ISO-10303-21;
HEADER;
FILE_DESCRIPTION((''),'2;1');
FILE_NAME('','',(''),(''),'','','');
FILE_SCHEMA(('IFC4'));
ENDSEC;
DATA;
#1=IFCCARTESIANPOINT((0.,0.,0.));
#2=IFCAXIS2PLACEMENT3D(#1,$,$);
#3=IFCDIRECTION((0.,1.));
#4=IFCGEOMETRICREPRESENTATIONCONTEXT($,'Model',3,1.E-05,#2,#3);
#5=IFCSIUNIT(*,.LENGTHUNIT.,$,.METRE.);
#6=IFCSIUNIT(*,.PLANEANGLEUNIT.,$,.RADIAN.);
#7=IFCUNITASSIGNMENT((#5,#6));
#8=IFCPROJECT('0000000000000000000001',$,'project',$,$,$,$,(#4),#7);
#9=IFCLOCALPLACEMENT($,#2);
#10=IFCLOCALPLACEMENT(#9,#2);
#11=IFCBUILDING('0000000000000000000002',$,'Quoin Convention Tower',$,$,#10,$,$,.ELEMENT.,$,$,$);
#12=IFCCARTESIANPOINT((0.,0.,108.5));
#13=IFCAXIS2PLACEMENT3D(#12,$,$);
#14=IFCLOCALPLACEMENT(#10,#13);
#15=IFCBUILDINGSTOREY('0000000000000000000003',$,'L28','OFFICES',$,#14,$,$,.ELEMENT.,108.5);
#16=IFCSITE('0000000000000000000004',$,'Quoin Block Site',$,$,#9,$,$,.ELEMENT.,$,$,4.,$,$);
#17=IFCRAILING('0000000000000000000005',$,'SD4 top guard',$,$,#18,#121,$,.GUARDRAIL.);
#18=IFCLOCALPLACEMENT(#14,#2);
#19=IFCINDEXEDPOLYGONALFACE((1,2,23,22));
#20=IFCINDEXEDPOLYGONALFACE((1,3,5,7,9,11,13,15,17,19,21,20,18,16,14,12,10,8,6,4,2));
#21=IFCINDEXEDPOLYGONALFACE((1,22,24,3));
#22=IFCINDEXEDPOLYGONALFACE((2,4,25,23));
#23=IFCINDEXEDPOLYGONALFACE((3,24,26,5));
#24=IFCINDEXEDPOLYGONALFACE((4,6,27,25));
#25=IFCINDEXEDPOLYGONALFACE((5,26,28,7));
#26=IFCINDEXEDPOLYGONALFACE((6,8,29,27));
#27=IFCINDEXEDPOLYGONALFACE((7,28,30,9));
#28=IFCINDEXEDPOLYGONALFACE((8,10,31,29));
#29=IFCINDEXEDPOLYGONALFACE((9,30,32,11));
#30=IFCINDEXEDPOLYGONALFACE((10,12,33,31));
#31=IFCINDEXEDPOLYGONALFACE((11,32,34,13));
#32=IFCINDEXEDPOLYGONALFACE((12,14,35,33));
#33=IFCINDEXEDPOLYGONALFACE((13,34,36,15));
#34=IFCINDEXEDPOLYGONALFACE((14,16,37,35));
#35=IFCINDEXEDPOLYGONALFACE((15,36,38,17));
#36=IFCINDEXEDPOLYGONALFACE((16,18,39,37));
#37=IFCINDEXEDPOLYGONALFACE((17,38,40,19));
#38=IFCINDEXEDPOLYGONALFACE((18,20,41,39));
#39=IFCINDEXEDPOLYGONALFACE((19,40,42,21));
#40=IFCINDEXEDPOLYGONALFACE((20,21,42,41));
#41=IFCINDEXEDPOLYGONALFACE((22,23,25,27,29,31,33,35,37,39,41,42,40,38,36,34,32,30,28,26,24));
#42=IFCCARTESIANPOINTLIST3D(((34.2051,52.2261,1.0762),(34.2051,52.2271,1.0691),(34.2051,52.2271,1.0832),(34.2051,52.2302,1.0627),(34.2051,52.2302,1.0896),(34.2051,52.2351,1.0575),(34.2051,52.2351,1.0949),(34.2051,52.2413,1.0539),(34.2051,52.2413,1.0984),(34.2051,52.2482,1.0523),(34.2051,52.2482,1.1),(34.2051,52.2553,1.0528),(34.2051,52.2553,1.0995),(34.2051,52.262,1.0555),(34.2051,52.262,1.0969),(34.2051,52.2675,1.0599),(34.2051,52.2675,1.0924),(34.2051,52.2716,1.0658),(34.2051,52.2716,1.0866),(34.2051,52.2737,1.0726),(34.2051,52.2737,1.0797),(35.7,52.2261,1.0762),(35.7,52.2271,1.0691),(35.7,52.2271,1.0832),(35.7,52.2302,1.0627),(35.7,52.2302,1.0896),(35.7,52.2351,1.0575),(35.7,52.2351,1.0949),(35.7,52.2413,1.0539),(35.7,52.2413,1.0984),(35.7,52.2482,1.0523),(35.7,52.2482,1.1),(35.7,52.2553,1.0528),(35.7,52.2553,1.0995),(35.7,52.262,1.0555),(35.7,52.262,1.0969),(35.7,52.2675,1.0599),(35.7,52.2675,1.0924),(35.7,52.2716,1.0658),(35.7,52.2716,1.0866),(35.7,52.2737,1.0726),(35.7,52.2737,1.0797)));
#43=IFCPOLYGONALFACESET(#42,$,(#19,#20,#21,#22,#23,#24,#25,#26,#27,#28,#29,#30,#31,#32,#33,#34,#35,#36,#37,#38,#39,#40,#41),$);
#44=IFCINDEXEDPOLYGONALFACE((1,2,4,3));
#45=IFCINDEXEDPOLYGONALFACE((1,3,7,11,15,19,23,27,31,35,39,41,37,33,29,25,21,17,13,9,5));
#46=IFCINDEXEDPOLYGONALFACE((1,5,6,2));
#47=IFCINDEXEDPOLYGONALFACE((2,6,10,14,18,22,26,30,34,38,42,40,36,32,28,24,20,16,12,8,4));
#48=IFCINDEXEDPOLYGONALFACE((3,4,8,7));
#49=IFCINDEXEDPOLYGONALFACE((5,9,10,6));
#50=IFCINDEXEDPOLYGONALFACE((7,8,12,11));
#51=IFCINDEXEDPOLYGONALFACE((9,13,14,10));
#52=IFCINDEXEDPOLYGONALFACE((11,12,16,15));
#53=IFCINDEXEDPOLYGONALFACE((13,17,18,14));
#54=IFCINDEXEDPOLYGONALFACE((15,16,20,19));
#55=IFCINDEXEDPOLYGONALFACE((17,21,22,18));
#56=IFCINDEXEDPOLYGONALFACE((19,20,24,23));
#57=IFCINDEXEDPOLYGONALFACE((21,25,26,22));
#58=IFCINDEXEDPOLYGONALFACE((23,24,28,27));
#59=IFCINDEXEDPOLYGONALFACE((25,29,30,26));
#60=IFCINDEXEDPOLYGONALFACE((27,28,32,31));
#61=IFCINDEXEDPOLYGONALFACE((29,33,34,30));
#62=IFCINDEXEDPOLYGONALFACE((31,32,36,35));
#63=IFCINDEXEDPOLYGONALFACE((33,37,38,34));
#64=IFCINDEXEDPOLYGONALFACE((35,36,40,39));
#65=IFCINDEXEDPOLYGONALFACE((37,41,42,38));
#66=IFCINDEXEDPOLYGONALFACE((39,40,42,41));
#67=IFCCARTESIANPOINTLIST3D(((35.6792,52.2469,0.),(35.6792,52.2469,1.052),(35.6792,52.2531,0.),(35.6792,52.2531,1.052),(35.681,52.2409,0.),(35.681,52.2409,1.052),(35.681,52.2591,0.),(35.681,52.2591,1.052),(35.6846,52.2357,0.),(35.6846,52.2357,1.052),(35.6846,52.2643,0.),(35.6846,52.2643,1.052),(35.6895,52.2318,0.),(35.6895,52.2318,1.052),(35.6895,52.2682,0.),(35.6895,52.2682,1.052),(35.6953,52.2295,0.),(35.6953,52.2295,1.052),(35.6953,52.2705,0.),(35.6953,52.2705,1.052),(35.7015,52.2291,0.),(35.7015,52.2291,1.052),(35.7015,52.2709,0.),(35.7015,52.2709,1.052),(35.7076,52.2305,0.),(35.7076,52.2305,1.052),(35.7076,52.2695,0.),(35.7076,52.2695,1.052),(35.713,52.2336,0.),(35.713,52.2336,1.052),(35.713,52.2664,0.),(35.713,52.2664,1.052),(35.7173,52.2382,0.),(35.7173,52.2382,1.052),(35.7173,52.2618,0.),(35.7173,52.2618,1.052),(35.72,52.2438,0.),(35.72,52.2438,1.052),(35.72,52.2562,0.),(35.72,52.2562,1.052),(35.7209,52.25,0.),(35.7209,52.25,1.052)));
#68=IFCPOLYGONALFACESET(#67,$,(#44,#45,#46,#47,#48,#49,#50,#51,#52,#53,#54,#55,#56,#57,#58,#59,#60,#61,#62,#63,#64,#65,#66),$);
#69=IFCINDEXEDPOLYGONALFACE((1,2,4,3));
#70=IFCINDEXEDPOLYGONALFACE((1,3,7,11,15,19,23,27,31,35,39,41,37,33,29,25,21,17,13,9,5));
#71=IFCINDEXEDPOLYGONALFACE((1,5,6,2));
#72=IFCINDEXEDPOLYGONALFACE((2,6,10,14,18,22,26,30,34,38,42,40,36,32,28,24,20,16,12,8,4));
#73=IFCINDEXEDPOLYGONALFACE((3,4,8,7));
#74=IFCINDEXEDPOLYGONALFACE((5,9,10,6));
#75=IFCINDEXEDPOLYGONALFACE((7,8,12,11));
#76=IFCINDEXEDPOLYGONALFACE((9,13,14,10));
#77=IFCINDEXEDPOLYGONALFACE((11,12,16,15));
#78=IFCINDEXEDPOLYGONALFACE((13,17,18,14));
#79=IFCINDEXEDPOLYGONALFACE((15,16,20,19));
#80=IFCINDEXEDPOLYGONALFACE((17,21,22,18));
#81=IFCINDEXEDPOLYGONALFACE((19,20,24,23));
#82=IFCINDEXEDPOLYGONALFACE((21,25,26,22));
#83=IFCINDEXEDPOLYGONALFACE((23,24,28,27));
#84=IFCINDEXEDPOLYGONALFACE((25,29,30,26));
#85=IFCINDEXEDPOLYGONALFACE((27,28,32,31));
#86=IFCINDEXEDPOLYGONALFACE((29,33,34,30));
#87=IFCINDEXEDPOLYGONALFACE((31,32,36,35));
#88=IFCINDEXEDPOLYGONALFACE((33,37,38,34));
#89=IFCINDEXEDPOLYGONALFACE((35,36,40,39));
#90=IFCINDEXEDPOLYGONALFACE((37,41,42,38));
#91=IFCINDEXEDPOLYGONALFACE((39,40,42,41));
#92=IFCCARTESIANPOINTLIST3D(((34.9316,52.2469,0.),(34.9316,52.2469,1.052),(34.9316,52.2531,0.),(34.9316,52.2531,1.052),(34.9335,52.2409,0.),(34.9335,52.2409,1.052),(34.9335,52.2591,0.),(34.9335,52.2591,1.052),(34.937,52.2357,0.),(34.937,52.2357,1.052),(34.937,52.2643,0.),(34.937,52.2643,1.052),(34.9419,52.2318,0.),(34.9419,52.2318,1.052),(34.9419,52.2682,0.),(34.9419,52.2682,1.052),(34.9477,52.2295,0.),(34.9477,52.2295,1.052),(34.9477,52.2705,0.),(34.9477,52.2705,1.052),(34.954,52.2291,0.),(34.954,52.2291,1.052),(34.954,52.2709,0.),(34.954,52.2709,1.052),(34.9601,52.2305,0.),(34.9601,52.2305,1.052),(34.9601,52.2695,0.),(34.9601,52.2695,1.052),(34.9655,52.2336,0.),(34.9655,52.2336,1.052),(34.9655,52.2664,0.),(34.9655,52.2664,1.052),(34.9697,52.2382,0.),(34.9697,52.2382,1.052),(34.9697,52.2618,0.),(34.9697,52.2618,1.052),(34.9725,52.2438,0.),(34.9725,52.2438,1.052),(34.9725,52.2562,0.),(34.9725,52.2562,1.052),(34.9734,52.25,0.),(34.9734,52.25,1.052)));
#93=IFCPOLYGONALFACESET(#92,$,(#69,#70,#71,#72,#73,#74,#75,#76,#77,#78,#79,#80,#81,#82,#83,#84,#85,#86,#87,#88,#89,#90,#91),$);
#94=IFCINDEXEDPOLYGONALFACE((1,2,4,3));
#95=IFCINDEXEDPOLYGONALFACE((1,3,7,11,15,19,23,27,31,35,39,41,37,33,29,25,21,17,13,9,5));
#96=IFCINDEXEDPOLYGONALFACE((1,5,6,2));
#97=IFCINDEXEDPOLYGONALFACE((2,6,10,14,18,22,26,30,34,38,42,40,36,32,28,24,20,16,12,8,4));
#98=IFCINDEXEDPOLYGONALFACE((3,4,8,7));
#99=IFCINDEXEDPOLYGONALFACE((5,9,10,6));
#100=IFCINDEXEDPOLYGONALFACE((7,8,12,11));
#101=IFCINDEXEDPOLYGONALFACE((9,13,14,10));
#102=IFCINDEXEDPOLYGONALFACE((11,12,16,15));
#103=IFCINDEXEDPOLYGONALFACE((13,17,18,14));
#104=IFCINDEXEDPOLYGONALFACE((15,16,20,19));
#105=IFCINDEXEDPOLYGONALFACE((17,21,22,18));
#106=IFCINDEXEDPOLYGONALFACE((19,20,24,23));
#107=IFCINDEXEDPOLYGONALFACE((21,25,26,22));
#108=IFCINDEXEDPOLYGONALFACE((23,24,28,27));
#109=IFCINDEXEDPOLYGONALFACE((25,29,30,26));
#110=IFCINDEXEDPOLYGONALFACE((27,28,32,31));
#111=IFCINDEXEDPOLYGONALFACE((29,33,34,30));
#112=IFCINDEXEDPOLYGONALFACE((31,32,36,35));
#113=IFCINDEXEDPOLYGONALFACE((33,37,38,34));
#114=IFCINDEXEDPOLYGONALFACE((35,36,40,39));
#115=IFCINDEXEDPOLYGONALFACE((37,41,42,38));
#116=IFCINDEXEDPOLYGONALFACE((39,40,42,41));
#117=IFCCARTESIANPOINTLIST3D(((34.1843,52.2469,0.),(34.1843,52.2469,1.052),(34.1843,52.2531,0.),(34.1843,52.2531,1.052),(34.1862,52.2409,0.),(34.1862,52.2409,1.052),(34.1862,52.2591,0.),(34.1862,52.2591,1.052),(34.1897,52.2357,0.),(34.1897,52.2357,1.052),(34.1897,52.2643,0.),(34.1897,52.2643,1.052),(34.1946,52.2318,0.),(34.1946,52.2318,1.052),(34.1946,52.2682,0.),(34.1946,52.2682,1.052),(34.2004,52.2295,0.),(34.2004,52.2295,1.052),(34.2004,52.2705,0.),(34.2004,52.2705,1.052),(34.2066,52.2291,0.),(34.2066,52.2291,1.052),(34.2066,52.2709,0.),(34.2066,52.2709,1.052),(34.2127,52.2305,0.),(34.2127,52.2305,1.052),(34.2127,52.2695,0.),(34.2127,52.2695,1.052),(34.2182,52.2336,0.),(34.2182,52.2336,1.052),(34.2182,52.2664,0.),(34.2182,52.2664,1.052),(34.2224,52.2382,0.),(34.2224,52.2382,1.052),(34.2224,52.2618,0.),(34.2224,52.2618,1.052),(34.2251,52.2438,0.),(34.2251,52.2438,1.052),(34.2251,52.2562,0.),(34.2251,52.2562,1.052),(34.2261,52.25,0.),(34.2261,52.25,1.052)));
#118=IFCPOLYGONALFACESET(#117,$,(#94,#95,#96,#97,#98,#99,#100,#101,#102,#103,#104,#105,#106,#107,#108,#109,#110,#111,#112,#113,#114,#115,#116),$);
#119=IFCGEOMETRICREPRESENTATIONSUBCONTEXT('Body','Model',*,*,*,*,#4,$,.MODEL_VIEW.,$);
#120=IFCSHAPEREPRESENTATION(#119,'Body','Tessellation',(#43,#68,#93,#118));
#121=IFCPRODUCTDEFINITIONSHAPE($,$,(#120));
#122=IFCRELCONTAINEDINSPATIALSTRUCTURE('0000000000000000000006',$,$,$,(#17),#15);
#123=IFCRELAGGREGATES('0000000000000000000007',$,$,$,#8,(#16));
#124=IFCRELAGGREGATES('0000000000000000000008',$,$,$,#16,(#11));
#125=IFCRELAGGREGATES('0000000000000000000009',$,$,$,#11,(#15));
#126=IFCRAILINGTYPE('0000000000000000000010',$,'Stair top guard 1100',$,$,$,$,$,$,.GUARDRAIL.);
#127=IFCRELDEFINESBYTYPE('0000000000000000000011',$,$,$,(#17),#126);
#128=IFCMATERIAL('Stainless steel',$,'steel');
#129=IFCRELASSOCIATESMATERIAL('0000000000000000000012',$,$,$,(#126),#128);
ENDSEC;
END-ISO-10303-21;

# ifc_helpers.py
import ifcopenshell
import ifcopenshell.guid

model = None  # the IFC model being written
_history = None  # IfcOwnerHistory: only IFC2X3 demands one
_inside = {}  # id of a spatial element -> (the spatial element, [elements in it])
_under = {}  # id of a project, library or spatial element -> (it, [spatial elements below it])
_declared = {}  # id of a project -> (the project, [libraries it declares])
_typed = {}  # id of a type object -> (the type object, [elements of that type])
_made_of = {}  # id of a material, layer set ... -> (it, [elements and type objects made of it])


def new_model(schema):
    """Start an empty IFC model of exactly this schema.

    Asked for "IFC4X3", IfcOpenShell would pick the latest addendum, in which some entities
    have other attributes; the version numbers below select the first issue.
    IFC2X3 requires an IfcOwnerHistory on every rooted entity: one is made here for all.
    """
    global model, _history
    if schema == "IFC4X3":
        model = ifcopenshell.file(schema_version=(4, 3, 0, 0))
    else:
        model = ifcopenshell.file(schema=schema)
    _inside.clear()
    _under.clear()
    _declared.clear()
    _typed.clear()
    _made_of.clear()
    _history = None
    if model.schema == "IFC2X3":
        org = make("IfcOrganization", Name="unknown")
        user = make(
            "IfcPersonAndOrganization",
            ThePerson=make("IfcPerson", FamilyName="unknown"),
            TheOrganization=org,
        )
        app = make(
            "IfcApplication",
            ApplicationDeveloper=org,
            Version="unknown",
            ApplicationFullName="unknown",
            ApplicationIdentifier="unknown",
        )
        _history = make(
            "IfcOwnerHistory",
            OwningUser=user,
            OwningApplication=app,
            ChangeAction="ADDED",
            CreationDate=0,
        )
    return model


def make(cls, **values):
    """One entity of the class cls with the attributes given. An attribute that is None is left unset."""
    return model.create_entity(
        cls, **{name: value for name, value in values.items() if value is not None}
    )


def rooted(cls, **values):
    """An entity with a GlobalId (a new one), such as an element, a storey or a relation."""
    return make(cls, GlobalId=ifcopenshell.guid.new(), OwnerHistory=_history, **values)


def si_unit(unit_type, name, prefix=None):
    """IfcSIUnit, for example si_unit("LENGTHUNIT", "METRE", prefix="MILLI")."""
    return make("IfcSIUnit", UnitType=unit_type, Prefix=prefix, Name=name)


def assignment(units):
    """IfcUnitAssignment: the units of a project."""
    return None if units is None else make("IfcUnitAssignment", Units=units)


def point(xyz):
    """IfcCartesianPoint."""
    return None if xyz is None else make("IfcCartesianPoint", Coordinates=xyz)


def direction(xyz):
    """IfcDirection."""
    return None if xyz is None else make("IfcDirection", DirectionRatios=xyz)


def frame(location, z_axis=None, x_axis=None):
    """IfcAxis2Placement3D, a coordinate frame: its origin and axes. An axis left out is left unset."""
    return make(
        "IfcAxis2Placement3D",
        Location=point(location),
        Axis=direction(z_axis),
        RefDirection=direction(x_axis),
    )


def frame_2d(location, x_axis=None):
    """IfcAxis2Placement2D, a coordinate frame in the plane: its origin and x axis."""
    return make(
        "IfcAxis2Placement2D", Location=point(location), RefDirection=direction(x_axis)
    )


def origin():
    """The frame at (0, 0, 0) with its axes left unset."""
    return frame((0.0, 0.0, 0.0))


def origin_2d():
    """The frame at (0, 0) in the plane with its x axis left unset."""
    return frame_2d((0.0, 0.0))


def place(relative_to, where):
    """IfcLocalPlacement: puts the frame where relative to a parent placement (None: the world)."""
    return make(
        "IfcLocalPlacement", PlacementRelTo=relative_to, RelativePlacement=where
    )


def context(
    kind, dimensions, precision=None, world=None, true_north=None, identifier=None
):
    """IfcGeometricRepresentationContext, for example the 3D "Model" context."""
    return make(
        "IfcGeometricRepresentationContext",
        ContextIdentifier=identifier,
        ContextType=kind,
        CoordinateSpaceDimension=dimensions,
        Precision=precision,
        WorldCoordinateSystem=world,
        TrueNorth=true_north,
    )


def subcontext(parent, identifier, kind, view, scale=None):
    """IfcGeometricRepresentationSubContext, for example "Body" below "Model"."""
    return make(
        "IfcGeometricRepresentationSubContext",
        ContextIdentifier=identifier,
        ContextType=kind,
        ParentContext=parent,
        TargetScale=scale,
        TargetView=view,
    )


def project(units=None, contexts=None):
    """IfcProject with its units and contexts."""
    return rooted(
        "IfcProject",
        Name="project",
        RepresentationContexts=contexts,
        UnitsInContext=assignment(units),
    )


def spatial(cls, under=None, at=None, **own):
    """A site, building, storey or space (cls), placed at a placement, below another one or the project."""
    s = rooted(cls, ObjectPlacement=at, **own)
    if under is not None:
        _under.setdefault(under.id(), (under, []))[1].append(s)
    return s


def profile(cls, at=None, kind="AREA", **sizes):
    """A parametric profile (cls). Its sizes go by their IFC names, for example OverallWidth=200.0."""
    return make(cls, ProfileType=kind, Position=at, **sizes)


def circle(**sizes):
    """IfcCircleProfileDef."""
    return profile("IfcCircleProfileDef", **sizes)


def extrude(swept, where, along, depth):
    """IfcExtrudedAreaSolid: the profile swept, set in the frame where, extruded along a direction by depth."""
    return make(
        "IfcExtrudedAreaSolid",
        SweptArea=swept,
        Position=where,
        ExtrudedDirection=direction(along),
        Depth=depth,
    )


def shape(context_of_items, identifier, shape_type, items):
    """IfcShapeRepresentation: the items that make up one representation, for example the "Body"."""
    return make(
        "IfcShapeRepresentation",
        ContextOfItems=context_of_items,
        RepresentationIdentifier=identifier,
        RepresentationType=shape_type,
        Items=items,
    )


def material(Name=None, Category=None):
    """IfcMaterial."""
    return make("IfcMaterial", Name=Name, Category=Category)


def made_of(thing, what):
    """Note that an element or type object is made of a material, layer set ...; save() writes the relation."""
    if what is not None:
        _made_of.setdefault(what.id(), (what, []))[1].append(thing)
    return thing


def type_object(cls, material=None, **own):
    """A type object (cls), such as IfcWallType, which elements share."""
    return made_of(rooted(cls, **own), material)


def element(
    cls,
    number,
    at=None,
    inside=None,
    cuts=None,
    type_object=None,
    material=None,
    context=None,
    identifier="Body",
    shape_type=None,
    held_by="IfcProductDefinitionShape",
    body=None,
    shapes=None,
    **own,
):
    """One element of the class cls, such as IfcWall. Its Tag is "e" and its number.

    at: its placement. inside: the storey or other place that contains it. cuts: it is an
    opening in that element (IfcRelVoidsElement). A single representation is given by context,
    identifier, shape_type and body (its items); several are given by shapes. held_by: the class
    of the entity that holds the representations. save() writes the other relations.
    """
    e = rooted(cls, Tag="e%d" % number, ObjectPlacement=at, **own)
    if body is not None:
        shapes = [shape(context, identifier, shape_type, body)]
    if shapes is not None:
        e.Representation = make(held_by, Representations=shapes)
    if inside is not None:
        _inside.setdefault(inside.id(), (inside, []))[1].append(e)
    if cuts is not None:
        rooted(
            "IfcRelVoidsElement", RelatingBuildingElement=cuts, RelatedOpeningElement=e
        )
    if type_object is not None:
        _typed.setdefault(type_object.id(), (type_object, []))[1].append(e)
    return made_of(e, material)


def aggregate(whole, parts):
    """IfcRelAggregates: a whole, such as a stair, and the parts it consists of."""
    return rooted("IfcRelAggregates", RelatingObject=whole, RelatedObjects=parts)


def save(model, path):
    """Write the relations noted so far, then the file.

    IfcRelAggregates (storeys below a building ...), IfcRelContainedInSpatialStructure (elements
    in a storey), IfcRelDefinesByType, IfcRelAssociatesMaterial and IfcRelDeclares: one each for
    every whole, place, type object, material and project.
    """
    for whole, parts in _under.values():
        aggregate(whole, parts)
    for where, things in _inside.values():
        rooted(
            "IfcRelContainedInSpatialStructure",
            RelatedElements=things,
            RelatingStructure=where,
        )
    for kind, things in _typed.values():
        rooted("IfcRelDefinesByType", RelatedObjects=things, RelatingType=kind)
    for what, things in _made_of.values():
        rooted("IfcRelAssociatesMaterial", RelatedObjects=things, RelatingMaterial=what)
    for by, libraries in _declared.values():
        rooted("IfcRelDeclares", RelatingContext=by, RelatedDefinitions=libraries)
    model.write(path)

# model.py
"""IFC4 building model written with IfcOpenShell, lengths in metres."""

from ifc_helpers import new_model, si_unit, direction, frame, origin, origin_2d, place, context, subcontext, project, spatial, circle, extrude, material, type_object, element, save


model = new_model("IFC4")

# Units and contexts
model_context = context("Model", 3, precision=1e-05, world=origin(), true_north=direction((0.0, 1.0)))
body_context = subcontext(model_context, "Body", "Model", "MODEL_VIEW")
ifc_project = project(units=[si_unit("LENGTHUNIT", "METRE"), si_unit("PLANEANGLEUNIT", "RADIAN")], contexts=[model_context])

# Site, building, storey
site_placement = place(None, origin())
site = spatial("IfcSite", under=ifc_project, at=site_placement, Name="Quoin Block Site", CompositionType="ELEMENT", RefElevation=4.0)
building_placement = place(site_placement, origin())
building = spatial("IfcBuilding", under=site, at=building_placement, Name="Quoin Convention Tower", CompositionType="ELEMENT")
storey_placement = place(building_placement, frame((0.0, 0.0, 108.5)))
storey = spatial("IfcBuildingStorey", under=building, at=storey_placement, Name="L28", Description="OFFICES", CompositionType="ELEMENT", Elevation=108.5)

# Railing
ifc_material_1 = material(Name="Stainless steel", Category="steel")
railing_type_1 = type_object("IfcRailingType", Name="Stair top guard 1100", PredefinedType="GUARDRAIL", material=ifc_material_1)
railing_1_placement = place(storey_placement, frame((35.7, 52.25, 0.0)))
element("IfcRailing", 1, at=railing_1_placement, inside=storey, type_object=railing_type_1, Name="SD4 top guard", PredefinedType="GUARDRAIL", context=body_context, shape_type="SweptSolid", body=[
    extrude(circle(Radius=0.0239, at=origin_2d()), frame((0.0, 0.0, 1.0762), z_axis=(-1.0, 0.0, 0.0), x_axis=(0.0, -1.0, 0.0)), (0.0, 0.0, 1.0), 1.4949),
    extrude(circle(Radius=0.021, at=origin_2d()), origin(), (0.0, 0.0, 1.0), 1.052),
    extrude(circle(Radius=0.021, at=origin_2d()), frame((-0.7476, 0.0, 0.0)), (0.0, 0.0, 1.0), 1.052),
    extrude(circle(Radius=0.021, at=origin_2d()), frame((-1.4949, 0.0, 0.0)), (0.0, 0.0, 1.0), 1.052),
])

save(model, "model.ifc")
